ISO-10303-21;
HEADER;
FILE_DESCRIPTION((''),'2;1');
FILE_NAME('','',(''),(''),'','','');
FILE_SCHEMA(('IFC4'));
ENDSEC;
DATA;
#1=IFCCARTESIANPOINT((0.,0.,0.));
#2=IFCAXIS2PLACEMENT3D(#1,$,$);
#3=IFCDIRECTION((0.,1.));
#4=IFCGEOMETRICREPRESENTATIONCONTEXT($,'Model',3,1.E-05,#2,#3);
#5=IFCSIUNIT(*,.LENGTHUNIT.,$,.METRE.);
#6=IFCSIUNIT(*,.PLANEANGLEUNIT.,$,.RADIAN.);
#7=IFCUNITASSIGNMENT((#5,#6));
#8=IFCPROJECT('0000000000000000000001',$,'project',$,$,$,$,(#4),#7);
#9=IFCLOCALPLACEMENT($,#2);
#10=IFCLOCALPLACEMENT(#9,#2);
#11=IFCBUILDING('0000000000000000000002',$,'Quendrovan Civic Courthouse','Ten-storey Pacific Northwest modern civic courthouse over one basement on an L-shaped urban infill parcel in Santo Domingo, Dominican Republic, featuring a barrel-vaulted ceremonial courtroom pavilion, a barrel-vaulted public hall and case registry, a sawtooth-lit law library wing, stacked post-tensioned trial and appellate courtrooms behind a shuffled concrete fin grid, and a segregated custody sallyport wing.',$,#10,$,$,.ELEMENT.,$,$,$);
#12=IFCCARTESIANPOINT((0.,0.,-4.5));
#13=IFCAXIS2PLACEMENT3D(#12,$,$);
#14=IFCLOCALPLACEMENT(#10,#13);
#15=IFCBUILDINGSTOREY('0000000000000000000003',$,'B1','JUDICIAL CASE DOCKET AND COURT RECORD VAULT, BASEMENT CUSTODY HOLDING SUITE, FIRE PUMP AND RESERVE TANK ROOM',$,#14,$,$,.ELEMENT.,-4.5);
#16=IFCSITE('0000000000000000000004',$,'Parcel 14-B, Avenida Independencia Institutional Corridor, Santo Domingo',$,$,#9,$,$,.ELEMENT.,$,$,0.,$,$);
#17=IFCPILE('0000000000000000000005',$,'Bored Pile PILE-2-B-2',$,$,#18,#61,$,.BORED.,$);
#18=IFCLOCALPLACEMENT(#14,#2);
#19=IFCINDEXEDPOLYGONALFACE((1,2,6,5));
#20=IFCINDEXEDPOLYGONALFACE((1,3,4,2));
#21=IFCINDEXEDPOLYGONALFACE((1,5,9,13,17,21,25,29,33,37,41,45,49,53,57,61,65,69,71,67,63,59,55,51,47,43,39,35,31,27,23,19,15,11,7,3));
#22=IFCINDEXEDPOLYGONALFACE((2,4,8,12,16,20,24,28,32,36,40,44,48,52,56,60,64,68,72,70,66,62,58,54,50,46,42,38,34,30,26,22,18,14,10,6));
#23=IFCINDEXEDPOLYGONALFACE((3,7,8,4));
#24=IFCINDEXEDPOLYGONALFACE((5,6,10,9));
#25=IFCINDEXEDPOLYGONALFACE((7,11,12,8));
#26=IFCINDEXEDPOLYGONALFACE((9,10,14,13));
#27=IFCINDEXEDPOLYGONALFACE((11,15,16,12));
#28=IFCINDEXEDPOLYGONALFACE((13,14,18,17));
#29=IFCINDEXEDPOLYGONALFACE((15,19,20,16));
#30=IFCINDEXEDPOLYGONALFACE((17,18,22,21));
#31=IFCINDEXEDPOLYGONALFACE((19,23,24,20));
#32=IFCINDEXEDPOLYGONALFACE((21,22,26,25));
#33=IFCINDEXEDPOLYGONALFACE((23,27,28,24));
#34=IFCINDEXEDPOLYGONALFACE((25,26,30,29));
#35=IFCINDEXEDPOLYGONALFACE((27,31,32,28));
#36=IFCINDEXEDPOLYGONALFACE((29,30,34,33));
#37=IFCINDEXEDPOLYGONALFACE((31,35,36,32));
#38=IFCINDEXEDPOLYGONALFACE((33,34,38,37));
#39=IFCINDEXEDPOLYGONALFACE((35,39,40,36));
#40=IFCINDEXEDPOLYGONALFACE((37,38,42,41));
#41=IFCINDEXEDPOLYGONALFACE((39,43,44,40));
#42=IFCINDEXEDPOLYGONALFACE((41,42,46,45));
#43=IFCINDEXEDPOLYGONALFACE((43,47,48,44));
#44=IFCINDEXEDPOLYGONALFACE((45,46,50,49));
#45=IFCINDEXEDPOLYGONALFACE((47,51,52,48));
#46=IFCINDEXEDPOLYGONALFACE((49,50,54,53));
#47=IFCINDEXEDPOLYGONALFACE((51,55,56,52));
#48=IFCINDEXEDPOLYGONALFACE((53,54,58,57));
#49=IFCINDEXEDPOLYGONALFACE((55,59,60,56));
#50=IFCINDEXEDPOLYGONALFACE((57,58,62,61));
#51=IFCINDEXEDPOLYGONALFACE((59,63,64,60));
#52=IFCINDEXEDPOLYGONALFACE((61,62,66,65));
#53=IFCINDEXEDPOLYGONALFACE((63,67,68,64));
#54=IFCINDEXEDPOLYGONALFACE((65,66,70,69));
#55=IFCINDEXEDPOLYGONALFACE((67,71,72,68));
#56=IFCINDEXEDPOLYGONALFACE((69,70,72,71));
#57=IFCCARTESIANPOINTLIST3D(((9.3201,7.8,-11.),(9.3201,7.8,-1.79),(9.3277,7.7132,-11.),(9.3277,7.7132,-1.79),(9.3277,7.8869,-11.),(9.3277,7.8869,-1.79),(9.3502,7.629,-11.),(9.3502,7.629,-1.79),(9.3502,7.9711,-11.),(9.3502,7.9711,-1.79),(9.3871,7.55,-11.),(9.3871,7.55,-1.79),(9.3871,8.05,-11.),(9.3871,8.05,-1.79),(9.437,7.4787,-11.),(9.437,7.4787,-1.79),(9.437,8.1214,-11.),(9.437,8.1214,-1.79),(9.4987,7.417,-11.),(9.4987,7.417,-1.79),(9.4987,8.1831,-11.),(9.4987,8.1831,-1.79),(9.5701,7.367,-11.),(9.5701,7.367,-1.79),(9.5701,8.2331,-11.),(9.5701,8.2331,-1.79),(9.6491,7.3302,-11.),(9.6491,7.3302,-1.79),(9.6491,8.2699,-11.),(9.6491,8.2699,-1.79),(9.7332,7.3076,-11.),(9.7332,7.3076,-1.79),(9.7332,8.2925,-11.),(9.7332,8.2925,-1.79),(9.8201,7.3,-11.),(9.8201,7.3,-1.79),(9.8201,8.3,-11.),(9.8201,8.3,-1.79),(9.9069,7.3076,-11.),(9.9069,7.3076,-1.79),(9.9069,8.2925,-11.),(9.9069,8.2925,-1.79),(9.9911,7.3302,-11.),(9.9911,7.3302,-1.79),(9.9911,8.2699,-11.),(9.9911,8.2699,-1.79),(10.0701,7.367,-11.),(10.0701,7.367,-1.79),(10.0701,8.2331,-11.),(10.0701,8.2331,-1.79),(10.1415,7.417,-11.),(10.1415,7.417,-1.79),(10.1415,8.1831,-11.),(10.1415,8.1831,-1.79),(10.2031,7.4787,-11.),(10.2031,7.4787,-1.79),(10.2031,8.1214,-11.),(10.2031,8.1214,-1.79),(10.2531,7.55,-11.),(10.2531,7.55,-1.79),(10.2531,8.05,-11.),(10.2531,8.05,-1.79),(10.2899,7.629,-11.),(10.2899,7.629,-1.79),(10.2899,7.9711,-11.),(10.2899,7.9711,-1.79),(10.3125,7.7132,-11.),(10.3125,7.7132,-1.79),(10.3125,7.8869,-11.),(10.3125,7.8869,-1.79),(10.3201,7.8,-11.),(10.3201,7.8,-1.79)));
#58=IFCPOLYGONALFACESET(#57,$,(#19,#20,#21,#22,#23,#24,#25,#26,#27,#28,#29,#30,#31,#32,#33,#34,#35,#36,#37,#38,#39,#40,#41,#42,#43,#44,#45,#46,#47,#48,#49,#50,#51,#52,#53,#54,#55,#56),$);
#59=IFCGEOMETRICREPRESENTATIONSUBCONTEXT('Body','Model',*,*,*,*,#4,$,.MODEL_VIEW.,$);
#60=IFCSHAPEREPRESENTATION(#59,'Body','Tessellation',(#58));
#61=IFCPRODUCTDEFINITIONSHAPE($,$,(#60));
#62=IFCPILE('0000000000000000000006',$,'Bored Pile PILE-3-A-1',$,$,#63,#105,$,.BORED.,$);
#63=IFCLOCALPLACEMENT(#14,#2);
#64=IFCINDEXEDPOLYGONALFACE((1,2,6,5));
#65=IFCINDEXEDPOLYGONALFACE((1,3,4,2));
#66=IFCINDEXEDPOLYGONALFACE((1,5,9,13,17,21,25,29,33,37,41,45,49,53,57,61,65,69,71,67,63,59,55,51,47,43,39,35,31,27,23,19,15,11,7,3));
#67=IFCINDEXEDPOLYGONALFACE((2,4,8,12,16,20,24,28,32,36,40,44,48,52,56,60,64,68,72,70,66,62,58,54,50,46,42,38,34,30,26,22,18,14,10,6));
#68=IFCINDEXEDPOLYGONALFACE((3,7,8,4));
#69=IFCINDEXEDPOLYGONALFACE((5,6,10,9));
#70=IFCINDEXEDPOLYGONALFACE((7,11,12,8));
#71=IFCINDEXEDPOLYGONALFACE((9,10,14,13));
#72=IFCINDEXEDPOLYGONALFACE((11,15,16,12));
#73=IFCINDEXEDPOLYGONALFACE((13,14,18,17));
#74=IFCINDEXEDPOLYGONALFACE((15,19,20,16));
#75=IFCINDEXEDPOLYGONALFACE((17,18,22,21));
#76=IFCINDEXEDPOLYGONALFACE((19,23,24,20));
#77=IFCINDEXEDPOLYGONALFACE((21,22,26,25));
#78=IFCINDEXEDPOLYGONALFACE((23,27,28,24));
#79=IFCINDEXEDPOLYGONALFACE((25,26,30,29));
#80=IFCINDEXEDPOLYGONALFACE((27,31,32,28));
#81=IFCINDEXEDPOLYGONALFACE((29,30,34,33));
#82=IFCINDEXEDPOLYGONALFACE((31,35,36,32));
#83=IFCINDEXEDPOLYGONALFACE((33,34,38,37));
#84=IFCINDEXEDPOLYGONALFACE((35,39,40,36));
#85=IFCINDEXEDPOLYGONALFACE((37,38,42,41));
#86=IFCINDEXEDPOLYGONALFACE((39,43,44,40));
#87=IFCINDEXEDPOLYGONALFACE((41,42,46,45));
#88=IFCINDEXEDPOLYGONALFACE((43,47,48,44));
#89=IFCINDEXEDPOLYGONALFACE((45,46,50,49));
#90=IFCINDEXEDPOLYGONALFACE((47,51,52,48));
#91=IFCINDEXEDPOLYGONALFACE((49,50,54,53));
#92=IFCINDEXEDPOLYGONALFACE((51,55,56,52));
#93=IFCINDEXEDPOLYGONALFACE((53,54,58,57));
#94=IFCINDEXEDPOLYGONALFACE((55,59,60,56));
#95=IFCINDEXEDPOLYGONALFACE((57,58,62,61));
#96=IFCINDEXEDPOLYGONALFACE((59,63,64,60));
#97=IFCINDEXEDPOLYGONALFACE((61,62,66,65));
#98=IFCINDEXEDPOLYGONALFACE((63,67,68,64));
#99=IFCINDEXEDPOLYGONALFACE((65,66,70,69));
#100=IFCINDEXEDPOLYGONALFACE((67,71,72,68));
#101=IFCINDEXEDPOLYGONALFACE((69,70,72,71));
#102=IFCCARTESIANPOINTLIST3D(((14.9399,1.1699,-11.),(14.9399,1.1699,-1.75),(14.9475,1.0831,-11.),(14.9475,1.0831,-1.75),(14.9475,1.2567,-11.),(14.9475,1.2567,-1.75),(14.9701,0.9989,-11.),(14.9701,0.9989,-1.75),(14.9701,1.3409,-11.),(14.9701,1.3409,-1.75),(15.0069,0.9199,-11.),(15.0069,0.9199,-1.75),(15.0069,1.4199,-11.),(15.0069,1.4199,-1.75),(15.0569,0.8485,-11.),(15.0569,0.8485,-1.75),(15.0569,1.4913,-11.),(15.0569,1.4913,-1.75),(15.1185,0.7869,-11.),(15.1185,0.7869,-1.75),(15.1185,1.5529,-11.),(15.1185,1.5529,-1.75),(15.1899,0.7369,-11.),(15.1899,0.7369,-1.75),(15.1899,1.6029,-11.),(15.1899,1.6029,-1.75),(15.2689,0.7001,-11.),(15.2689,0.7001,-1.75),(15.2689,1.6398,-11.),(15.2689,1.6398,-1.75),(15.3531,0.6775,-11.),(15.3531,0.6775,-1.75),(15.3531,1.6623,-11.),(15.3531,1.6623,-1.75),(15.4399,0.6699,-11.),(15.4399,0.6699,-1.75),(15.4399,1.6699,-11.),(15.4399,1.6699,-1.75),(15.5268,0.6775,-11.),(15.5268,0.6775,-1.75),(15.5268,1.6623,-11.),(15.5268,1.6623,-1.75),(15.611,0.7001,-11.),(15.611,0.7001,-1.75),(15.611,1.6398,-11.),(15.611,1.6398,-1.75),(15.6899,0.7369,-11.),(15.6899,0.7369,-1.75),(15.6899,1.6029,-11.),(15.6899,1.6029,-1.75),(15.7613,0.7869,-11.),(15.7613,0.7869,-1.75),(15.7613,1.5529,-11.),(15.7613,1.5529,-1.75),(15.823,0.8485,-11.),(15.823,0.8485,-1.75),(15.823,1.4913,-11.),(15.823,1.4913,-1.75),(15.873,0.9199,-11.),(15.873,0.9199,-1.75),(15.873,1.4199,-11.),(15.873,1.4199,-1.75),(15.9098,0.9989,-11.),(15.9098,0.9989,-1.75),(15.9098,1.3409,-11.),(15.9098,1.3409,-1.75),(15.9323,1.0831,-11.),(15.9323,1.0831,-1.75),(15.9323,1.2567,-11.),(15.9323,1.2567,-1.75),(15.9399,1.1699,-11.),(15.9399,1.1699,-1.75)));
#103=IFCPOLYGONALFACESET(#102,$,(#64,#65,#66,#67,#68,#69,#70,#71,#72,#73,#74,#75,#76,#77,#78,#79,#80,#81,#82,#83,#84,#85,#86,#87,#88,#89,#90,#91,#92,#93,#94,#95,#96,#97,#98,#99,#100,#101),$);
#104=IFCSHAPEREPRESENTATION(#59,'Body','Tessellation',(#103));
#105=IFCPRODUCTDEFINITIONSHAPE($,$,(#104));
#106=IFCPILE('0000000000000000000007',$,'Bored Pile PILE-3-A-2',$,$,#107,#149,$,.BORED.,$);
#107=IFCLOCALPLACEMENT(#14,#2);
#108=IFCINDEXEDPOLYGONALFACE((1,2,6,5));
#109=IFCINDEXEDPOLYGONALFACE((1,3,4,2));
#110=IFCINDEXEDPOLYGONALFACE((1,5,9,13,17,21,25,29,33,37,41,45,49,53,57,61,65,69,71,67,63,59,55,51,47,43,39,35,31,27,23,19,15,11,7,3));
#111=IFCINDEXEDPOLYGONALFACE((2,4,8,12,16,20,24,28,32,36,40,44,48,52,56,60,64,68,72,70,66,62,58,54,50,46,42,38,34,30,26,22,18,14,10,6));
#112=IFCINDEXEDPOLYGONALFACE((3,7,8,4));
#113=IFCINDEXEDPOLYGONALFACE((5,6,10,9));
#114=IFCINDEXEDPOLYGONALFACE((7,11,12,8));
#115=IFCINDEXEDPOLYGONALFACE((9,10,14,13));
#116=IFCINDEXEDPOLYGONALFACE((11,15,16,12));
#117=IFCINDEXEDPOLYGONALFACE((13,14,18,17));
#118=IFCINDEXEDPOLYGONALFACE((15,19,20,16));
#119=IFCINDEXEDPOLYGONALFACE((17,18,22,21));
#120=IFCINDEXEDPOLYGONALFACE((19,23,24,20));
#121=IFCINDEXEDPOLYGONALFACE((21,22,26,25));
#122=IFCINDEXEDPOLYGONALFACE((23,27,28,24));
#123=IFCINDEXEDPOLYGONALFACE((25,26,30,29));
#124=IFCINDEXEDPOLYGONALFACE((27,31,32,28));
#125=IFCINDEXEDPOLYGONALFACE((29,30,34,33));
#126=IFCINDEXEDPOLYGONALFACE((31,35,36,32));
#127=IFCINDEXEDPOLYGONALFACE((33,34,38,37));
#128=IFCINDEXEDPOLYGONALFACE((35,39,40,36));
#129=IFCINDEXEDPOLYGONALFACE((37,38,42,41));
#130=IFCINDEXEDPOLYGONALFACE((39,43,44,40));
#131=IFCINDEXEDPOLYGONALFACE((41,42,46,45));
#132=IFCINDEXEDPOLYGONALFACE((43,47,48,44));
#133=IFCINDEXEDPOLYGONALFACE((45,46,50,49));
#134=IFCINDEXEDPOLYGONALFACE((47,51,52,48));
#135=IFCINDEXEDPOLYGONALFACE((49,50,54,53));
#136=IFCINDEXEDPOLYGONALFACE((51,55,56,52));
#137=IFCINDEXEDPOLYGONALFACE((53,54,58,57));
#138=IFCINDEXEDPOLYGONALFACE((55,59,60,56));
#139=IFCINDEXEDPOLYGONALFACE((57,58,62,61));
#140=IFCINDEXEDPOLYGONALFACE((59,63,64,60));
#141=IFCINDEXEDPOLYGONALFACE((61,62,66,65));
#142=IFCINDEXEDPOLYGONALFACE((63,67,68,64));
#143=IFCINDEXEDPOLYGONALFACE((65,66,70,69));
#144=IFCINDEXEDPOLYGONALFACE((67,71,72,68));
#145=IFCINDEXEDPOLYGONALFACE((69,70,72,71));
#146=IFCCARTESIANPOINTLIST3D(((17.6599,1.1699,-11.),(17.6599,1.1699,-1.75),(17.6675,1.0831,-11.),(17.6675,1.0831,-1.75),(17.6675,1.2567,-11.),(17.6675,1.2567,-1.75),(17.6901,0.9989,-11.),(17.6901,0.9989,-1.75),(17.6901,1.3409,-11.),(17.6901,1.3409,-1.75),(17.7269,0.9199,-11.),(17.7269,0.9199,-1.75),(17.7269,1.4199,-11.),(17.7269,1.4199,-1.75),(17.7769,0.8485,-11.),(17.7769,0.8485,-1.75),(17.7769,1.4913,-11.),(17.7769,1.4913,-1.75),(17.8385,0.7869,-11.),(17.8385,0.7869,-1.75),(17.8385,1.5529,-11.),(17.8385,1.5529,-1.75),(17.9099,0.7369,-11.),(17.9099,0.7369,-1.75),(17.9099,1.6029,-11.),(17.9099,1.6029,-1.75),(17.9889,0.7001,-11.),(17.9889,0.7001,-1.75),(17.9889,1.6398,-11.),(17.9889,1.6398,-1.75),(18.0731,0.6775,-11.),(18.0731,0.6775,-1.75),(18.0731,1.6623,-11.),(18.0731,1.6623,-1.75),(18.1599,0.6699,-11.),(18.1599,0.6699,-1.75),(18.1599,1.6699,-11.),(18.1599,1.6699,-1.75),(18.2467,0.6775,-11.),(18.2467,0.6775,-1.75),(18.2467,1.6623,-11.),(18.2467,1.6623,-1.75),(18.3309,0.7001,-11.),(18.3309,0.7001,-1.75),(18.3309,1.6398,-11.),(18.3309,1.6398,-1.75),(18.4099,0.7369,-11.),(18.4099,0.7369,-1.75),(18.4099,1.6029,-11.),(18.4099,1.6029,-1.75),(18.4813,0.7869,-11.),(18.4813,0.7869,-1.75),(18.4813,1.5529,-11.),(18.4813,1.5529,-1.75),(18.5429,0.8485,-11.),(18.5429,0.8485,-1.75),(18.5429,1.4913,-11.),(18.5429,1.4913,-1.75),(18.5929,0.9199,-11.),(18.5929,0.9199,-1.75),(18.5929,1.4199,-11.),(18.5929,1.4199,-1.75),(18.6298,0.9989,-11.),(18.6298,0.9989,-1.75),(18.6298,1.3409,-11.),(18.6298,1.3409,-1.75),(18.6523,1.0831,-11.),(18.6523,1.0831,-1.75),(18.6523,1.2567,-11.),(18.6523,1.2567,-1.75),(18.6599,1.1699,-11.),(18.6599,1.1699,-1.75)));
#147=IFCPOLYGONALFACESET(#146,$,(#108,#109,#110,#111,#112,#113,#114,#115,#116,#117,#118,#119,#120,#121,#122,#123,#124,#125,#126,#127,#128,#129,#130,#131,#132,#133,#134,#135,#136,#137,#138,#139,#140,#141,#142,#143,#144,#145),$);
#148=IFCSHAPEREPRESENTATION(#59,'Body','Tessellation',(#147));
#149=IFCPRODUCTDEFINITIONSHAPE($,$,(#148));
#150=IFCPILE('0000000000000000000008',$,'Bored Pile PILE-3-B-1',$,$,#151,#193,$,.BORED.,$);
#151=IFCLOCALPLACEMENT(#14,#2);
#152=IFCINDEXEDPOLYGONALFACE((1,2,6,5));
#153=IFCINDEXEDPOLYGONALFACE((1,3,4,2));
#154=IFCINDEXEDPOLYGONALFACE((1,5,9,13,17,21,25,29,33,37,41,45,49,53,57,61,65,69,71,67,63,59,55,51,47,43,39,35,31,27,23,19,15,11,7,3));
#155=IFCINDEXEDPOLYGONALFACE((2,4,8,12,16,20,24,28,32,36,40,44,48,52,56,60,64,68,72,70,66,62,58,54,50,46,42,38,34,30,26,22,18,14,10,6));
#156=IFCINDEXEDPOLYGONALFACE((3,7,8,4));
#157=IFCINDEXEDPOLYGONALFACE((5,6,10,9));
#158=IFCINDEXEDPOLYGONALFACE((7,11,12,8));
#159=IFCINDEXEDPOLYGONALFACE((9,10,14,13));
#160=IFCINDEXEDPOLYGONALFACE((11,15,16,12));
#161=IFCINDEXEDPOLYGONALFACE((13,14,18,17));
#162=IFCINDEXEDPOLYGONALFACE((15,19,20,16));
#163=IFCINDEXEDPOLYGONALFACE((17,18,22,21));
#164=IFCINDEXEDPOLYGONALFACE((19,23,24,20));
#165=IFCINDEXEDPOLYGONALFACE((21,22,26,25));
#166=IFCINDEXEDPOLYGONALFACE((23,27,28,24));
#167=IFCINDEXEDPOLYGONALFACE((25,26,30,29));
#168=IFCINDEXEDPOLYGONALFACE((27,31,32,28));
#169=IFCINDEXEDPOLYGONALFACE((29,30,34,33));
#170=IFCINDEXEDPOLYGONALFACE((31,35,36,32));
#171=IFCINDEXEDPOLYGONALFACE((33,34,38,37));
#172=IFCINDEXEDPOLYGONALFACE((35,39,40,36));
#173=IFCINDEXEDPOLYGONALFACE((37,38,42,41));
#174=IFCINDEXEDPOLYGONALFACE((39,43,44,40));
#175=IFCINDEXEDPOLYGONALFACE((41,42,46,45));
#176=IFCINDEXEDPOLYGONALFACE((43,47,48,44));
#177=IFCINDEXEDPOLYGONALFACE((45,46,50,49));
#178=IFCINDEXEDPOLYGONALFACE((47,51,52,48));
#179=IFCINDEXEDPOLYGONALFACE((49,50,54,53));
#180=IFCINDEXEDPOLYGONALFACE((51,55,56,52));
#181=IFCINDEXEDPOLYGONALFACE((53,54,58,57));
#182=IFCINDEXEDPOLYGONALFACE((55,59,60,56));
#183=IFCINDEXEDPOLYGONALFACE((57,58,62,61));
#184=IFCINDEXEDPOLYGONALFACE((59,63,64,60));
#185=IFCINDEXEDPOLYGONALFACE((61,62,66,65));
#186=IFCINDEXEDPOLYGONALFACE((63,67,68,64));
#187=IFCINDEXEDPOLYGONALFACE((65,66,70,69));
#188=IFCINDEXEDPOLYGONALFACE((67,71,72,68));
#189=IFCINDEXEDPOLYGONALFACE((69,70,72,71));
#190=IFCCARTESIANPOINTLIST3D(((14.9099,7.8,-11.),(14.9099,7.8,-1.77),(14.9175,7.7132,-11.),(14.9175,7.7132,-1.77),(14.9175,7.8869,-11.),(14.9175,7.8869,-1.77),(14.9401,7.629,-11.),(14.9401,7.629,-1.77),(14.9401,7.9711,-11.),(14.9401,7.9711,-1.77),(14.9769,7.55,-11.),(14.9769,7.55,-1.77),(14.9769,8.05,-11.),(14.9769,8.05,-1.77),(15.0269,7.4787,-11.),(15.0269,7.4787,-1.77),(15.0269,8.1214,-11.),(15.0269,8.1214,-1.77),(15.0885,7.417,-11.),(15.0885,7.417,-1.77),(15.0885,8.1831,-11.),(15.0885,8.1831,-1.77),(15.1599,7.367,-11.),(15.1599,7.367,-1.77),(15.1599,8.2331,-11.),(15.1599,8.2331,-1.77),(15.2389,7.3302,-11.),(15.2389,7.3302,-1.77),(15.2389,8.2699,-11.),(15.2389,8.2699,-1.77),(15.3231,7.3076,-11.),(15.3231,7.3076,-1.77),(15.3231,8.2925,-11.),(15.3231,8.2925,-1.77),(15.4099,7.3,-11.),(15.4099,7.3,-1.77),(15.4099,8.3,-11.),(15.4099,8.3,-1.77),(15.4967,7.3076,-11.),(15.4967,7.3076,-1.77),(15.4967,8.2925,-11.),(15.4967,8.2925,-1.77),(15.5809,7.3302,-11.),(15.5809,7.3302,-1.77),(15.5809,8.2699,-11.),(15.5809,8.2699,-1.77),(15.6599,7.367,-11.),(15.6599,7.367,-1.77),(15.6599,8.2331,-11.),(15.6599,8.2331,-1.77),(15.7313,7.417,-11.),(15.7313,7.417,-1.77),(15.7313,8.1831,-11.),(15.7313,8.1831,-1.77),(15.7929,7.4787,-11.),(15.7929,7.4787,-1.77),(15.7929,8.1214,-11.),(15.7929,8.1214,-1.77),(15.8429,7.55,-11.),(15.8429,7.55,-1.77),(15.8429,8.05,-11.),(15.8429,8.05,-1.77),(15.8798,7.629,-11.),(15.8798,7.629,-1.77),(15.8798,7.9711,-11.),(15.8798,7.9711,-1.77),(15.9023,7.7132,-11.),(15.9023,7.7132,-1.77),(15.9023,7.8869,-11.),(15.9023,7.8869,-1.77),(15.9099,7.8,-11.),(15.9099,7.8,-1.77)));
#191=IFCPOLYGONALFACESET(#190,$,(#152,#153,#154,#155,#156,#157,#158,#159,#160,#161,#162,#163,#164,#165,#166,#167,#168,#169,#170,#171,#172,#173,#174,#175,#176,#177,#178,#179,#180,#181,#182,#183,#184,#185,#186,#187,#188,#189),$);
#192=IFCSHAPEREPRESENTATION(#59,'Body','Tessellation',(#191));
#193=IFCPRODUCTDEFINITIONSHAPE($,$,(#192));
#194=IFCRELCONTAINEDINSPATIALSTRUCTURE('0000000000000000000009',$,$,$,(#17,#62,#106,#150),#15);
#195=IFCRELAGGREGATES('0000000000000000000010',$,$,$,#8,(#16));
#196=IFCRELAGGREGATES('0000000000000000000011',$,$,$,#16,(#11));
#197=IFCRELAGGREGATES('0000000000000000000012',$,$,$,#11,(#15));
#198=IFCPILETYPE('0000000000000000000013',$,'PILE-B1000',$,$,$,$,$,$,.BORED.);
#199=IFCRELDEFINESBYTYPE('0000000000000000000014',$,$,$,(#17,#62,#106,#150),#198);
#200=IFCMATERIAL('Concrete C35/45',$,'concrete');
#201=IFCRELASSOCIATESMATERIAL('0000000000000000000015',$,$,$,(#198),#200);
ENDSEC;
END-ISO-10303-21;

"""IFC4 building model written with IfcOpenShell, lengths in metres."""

from ifc_helpers import new_model, si_unit, direction, frame, origin, origin_2d, place, context, subcontext, project, spatial, circle, extrude, material, material_profile, profile_set, type_object, element, save


model = new_model("IFC4")

# Units and contexts
model_context = context("Model", 3, precision=1e-05, world=origin(), true_north=direction((0.0, 1.0)))
body_context = subcontext(model_context, "Body", "Model", "MODEL_VIEW")
ifc_project = project(units=[si_unit("LENGTHUNIT", "METRE"), si_unit("PLANEANGLEUNIT", "RADIAN")], contexts=[model_context])

# Site, building, storey
site_placement = place(None, origin())
site = spatial("IfcSite", under=ifc_project, at=site_placement, Name="Parcel 14-B, Avenida Independencia Institutional Corridor, Santo Domingo", CompositionType="ELEMENT", RefElevation=0.0)
building_placement = place(site_placement, origin())
building = spatial("IfcBuilding", under=site, at=building_placement, Name="Quendrovan Civic Courthouse", Description="Ten-storey Pacific Northwest modern civic courthouse over one basement on an L-shaped urban infill parcel in Santo Domingo, Dominican Republic, featuring a barrel-vaulted ceremonial courtroom pavilion, a barrel-vaulted public hall and case registry, a sawtooth-lit law library wing, stacked post-tensioned trial and appellate courtrooms behind a shuffled concrete fin grid, and a segregated custody sallyport wing.", CompositionType="ELEMENT")
storey_placement = place(building_placement, frame((0.0, 0.0, -4.5)))
storey = spatial("IfcBuildingStorey", under=building, at=storey_placement, Name="B1", Description="JUDICIAL CASE DOCKET AND COURT RECORD VAULT, BASEMENT CUSTODY HOLDING SUITE, FIRE PUMP AND RESERVE TANK ROOM", CompositionType="ELEMENT", Elevation=-4.5)

# Shared definitions
ifc_material_1 = material(Name="Concrete C35/45", Category="concrete")

# Piles
ifc_material_profile_1 = material_profile(ifc_material_1, circle(Radius=0.5, at=origin_2d()), Name="PILE-D1000")
ifc_profile_set_1 = profile_set([ifc_material_profile_1], Name="Concrete C35/45")
pile_type = type_object("IfcPileType", Name="PILE-B1000", PredefinedType="BORED", material=ifc_profile_set_1)
pile_1_placement = place(storey_placement, frame((9.8201, 7.8, -1.79), z_axis=(0.0, 0.0, -1.0), x_axis=(1.0, 0.0, 0.0)))
element("IfcPile", 1, at=pile_1_placement, inside=storey, type_object=pile_type, Name="Bored Pile PILE-2-B-2", PredefinedType="BORED", context=body_context, shape_type="SweptSolid", body=[
    extrude(circle(Radius=0.5, at=origin_2d()), origin(), (0.0, 0.0, 1.0), 9.21),
])
for number, where, z_axis, x_axis, name in (
    (2, (15.4399, 1.1699, -1.75), (0.0, 0.0, -1.0), (1.0, 0.0, 0.0), "Bored Pile PILE-3-A-1"),
    (3, (18.1599, 1.1699, -1.75), (0.0, 0.0, -1.0), (1.0, 0.0, 0.0), "Bored Pile PILE-3-A-2"),
):
    element("IfcPile", number, at=place(storey_placement, frame(where, z_axis=z_axis, x_axis=x_axis)), inside=storey, type_object=pile_type, Name=name, PredefinedType="BORED", context=body_context, shape_type="SweptSolid", body=[
        extrude(circle(Radius=0.5, at=origin_2d()), origin(), (0.0, 0.0, 1.0), 9.25),
    ])
for number, where, z_axis, x_axis, name in (
    (4, (15.4099, 7.8, -1.77), (0.0, 0.0, -1.0), (1.0, 0.0, 0.0), "Bored Pile PILE-3-B-1"),
):
    element("IfcPile", number, at=place(storey_placement, frame(where, z_axis=z_axis, x_axis=x_axis)), inside=storey, type_object=pile_type, Name=name, PredefinedType="BORED", context=body_context, shape_type="SweptSolid", body=[
        extrude(circle(Radius=0.5, at=origin_2d()), origin(), (0.0, 0.0, 1.0), 9.23),
    ])

save(model, "model.ifc")
